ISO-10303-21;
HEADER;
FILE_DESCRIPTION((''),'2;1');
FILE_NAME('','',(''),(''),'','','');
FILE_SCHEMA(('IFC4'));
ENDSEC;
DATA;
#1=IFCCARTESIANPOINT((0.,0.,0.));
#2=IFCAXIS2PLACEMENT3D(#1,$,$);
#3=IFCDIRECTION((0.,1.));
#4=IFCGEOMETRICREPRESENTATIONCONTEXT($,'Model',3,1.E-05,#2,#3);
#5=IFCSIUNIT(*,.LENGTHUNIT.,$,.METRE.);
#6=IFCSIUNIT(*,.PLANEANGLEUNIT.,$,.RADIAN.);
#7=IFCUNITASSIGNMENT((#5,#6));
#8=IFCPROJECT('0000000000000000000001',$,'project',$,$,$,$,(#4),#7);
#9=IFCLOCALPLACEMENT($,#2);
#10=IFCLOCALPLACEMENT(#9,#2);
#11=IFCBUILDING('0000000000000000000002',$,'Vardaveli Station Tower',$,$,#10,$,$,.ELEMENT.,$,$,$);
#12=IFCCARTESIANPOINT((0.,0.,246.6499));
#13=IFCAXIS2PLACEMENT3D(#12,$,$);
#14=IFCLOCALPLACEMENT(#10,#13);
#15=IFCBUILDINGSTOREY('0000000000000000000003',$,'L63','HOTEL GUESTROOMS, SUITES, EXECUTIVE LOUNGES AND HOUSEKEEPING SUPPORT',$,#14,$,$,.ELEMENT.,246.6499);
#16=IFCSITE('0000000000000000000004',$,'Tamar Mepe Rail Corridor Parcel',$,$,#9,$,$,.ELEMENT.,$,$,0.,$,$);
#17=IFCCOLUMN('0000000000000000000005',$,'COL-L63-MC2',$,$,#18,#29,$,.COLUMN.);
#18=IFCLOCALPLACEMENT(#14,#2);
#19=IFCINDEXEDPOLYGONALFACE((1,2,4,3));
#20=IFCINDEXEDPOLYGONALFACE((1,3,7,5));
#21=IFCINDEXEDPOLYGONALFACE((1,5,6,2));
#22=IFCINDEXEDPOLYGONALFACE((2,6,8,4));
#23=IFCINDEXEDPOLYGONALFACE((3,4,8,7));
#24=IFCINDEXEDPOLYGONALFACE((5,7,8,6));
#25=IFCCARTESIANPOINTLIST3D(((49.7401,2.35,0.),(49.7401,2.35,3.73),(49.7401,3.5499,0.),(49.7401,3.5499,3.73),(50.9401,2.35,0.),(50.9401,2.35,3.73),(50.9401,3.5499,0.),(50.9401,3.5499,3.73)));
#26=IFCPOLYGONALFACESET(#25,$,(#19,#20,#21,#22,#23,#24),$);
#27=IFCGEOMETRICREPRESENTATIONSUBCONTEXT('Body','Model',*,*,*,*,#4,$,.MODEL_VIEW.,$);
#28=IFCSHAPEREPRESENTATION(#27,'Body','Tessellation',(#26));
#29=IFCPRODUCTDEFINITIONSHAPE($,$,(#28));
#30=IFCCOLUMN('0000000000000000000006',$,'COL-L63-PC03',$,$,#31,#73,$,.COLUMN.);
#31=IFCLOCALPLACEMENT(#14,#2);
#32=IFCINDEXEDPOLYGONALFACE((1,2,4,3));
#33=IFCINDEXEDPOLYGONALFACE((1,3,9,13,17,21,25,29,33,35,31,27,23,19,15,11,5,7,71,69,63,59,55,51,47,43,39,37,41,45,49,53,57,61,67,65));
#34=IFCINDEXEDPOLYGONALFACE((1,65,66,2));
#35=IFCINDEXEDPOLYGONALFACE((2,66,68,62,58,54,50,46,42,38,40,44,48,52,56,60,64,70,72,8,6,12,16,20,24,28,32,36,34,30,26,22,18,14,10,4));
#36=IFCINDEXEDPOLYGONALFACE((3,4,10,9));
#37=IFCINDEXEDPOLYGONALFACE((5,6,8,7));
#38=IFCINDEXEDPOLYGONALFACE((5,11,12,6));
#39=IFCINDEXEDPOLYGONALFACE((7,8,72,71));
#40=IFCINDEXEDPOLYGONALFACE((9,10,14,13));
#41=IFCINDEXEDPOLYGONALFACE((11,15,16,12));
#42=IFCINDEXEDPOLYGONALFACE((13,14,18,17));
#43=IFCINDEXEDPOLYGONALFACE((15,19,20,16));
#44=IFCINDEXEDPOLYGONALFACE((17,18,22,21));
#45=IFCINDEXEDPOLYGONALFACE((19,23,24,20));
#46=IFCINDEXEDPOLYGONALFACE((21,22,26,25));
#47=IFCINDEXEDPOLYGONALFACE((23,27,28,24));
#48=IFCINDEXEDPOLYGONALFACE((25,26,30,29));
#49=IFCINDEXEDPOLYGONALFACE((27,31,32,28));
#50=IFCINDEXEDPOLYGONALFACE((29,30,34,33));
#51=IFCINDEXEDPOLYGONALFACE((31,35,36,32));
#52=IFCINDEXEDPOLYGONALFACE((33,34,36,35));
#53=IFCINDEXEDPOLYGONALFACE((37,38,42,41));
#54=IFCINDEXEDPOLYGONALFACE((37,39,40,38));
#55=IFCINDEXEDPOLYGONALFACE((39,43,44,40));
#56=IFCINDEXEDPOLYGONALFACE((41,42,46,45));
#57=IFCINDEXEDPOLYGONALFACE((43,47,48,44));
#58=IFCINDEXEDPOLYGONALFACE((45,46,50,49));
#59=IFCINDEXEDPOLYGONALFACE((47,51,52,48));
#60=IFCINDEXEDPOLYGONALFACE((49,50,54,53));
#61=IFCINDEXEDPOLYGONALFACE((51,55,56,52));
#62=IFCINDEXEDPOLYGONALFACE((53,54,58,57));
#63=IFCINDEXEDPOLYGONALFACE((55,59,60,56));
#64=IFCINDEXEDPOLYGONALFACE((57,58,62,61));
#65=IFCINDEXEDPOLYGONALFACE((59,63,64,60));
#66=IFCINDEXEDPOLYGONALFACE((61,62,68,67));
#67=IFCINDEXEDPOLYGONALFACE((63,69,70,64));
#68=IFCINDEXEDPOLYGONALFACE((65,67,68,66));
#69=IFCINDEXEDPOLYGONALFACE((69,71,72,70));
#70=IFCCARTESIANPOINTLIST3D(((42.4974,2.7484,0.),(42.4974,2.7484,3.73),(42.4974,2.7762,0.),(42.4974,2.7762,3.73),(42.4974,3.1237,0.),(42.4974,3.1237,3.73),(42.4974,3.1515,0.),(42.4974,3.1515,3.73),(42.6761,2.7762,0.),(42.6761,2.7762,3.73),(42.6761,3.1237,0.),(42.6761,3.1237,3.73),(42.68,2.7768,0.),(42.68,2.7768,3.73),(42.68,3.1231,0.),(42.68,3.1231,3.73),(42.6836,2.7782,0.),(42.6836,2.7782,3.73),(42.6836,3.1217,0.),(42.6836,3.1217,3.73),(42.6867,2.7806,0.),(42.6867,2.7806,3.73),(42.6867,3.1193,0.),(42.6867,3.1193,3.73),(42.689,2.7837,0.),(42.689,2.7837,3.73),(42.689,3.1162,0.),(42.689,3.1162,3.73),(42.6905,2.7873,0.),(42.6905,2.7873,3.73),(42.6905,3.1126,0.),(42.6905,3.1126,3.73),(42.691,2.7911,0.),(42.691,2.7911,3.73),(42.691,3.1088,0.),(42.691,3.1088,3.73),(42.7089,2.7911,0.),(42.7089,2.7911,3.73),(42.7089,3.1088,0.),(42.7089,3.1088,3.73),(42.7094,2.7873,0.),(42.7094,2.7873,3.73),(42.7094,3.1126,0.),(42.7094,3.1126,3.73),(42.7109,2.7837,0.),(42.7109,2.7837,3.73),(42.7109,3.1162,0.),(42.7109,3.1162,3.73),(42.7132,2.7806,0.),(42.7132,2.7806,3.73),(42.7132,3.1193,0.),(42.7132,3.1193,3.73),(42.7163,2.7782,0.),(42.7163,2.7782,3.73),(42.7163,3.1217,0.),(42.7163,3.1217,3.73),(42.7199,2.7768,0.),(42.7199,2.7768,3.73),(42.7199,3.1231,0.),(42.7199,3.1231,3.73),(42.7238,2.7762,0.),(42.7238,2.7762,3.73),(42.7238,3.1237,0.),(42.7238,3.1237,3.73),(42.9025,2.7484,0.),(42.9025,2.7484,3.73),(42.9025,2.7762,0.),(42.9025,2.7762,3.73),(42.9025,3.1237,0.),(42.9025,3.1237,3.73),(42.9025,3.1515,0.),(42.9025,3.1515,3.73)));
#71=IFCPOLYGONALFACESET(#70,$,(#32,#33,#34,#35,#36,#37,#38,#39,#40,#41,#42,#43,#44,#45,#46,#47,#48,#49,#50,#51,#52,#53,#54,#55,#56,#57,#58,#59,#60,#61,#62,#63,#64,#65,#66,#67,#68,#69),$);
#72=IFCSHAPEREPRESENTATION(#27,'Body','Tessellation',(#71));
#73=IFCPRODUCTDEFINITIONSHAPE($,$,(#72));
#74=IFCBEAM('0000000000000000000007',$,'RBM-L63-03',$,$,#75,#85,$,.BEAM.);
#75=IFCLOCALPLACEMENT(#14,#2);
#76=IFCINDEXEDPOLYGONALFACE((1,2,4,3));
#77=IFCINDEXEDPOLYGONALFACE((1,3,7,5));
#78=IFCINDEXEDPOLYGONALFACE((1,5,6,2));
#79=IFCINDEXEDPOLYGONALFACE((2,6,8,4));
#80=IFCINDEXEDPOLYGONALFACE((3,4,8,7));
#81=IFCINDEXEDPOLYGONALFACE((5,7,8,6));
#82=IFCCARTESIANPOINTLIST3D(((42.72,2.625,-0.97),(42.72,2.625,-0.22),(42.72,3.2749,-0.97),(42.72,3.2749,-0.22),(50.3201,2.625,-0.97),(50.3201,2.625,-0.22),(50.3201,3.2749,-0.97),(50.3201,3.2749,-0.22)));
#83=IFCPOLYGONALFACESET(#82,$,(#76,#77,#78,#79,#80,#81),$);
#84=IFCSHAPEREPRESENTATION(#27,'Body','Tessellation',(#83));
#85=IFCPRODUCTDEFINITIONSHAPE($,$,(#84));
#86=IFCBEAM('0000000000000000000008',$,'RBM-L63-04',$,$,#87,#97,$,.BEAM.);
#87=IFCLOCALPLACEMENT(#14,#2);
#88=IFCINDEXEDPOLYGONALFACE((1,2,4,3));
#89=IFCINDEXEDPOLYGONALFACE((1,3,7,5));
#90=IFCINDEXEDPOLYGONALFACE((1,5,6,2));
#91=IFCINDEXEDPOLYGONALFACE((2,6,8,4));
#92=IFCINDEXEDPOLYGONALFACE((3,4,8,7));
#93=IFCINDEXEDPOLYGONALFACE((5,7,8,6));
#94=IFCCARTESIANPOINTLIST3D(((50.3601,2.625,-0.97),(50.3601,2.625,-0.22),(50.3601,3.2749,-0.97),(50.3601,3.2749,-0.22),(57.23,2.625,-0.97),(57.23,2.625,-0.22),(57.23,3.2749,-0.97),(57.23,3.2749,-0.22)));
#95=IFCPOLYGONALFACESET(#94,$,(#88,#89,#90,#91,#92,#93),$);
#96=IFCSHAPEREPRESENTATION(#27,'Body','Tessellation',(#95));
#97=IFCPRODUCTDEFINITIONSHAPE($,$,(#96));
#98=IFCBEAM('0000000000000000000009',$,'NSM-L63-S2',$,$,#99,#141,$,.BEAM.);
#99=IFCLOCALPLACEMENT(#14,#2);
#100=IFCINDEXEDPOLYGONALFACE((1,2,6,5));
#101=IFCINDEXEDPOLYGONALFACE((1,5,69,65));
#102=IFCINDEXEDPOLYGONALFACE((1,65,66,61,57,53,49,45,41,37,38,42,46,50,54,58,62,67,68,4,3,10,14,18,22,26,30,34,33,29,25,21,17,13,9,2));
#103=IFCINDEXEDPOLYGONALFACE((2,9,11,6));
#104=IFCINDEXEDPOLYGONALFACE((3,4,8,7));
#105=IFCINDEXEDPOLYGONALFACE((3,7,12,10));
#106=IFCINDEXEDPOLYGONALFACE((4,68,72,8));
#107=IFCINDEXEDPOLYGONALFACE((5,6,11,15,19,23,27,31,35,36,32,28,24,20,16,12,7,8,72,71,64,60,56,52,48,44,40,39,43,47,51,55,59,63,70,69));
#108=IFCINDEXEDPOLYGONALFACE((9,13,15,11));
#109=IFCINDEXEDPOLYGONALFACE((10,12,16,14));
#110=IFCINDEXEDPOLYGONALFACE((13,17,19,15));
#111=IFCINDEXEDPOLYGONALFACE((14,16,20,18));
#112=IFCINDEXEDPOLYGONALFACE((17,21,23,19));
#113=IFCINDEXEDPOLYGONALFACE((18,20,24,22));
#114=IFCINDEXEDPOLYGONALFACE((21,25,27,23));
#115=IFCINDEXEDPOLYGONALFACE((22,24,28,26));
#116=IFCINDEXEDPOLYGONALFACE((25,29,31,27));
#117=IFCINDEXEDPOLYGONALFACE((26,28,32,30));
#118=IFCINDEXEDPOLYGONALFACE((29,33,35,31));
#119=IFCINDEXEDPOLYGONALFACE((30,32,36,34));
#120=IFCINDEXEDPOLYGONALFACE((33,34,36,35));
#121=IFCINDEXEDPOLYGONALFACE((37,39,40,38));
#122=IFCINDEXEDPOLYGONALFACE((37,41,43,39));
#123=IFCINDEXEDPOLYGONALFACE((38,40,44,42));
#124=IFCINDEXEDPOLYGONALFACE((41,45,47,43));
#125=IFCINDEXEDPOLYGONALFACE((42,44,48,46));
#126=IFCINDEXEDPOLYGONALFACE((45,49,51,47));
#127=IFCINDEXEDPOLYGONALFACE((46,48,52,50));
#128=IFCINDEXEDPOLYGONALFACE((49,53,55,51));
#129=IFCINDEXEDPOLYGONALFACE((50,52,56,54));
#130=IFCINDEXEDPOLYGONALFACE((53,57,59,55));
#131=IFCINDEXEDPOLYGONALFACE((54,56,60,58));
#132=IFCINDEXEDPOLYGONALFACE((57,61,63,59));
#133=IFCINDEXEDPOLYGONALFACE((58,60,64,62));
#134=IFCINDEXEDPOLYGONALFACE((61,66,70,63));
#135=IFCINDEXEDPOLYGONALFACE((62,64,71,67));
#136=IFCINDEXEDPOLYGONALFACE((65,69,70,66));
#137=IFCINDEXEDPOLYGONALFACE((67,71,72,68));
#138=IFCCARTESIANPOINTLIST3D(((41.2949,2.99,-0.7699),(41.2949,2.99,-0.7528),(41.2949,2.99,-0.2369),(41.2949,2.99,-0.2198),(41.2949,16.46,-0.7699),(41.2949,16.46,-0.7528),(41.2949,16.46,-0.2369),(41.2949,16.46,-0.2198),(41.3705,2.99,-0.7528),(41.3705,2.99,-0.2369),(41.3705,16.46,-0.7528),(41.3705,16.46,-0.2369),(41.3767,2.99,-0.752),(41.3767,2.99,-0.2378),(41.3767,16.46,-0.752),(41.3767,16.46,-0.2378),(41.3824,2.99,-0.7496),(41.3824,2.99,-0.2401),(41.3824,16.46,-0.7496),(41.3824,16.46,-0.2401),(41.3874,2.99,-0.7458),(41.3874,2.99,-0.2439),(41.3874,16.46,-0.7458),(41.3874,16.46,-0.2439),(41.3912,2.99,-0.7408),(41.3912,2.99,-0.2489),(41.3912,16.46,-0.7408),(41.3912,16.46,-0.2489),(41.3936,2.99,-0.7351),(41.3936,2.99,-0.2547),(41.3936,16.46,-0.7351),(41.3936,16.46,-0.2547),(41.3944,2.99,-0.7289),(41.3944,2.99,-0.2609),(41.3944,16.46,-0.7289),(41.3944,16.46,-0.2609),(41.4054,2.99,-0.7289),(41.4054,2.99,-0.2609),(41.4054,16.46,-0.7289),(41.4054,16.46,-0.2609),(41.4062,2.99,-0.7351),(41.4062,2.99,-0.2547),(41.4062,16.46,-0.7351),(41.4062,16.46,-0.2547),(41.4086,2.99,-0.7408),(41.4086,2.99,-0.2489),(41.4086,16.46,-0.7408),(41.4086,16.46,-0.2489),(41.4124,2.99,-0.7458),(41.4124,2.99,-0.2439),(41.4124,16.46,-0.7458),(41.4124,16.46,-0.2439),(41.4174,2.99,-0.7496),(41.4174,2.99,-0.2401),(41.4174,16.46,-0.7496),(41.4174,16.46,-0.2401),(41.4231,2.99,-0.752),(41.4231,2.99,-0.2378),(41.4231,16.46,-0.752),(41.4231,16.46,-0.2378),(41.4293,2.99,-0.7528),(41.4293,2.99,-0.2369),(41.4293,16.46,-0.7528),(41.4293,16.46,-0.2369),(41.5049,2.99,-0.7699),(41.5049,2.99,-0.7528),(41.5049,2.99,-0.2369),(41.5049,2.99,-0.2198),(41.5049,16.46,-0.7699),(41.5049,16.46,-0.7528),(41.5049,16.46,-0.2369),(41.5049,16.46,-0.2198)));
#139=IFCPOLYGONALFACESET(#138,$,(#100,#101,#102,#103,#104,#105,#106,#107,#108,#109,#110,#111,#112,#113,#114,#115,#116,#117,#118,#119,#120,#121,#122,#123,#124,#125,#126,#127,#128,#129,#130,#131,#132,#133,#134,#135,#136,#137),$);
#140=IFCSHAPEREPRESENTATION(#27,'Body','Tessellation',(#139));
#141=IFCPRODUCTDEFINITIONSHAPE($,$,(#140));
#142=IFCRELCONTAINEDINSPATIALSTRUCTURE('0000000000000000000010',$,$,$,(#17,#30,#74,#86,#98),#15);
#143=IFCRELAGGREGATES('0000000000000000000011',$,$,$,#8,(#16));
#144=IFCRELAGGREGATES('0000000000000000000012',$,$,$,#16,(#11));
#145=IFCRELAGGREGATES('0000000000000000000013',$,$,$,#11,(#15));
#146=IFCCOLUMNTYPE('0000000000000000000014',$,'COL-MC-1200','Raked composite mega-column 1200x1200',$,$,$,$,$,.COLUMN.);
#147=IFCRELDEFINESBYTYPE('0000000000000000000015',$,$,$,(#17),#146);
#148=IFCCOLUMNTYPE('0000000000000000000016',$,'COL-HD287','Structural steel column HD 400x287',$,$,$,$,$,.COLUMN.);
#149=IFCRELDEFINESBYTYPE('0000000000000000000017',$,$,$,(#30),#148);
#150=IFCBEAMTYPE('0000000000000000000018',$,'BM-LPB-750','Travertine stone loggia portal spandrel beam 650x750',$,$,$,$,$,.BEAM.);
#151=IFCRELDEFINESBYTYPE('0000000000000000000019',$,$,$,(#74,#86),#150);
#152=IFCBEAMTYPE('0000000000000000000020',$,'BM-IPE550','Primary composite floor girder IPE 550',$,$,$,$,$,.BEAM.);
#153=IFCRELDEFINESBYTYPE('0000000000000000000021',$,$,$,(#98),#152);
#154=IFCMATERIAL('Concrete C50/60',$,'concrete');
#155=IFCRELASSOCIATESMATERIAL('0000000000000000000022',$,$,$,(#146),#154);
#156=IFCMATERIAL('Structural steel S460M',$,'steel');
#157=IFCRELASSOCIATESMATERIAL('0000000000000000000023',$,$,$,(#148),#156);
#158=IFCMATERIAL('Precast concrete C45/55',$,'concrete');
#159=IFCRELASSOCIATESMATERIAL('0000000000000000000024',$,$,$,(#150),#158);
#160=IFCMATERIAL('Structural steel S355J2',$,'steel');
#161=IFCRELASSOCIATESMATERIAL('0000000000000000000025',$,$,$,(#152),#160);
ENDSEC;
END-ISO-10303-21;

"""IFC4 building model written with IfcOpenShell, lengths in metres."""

from ifc_helpers import new_model, si_unit, direction, frame, origin, origin_2d, place, context, subcontext, project, spatial, rectangle, i_section, extrude, source, transform, mapped, material, material_profile, profile_set, type_object, element, save


model = new_model("IFC4")

# Units and contexts
model_context = context("Model", 3, precision=1e-05, world=origin(), true_north=direction((0.0, 1.0)))
body_context = subcontext(model_context, "Body", "Model", "MODEL_VIEW")
ifc_project = project(units=[si_unit("LENGTHUNIT", "METRE"), si_unit("PLANEANGLEUNIT", "RADIAN")], contexts=[model_context])

# Site, building, storey
site_placement = place(None, origin())
site = spatial("IfcSite", under=ifc_project, at=site_placement, Name="Tamar Mepe Rail Corridor Parcel", CompositionType="ELEMENT", RefElevation=0.0)
building_placement = place(site_placement, origin())
building = spatial("IfcBuilding", under=site, at=building_placement, Name="Vardaveli Station Tower", CompositionType="ELEMENT")
storey_placement = place(building_placement, frame((0.0, 0.0, 246.6499)))
storey = spatial("IfcBuildingStorey", under=building, at=storey_placement, Name="L63", Description="HOTEL GUESTROOMS, SUITES, EXECUTIVE LOUNGES AND HOUSEKEEPING SUPPORT", CompositionType="ELEMENT", Elevation=246.6499)

# Columns
ifc_material_1 = material(Name="Concrete C50/60", Category="concrete")
ifc_material_profile_1 = material_profile(ifc_material_1, rectangle(XDim=1.2, YDim=1.2, at=origin_2d()), Name="MC 1200x1200")
ifc_profile_set_1 = profile_set([ifc_material_profile_1], Name="Concrete C50/60")
column_type_1 = type_object("IfcColumnType", Name="COL-MC-1200", Description="Raked composite mega-column 1200x1200", PredefinedType="COLUMN", material=ifc_profile_set_1)
shared_shape_1 = source(origin(), body_context, "Body", "SweptSolid", [
    extrude(rectangle(XDim=1.2, YDim=1.2, at=origin_2d()), origin(), (0.0, 0.0, 1.0), 3.73),
])
column_1_placement = place(storey_placement, frame((50.3401, 2.95, 0.0), z_axis=(0.0, 0.0, 1.0), x_axis=(1.0, 0.0, 0.0)))
element("IfcColumn", 1, at=column_1_placement, inside=storey, type_object=column_type_1, Name="COL-L63-MC2", PredefinedType="COLUMN", context=body_context, shape_type="MappedRepresentation", body=[
    mapped(shared_shape_1, transform((0.0, 0.0, 0.0), scale=1.0)),
])
ifc_material_2 = material(Name="Structural steel S460M", Category="steel")
ifc_material_profile_2 = material_profile(ifc_material_2, i_section(OverallWidth=0.405, OverallDepth=0.4031, WebThickness=0.0178, FlangeThickness=0.0278, FilletRadius=0.0149, at=origin_2d()), Name="HD 400x287")
ifc_profile_set_2 = profile_set([ifc_material_profile_2], Name="Structural steel S460M")
column_type_2 = type_object("IfcColumnType", Name="COL-HD287", Description="Structural steel column HD 400x287", PredefinedType="COLUMN", material=ifc_profile_set_2)
shared_shape_2 = source(origin(), body_context, "Body", "SweptSolid", [
    extrude(i_section(OverallWidth=0.405, OverallDepth=0.4031, WebThickness=0.0178, FlangeThickness=0.0278, FilletRadius=0.0149, at=origin_2d()), origin(), (0.0, 0.0, 1.0), 3.73),
])
column_2_placement = place(storey_placement, frame((42.7, 2.95, 0.0), z_axis=(0.0, 0.0, 1.0), x_axis=(1.0, 0.0, 0.0)))
element("IfcColumn", 2, at=column_2_placement, inside=storey, type_object=column_type_2, Name="COL-L63-PC03", PredefinedType="COLUMN", context=body_context, shape_type="MappedRepresentation", body=[
    mapped(shared_shape_2, transform((0.0, 0.0, 0.0), scale=1.0)),
])

# Beams
ifc_material_3 = material(Name="Precast concrete C45/55", Category="concrete")
ifc_material_profile_3 = material_profile(ifc_material_3, rectangle(XDim=0.6499, YDim=0.75, at=origin_2d()), Name="LPB 650x750")
ifc_profile_set_3 = profile_set([ifc_material_profile_3], Name="Precast concrete C45/55")
beam_type_1 = type_object("IfcBeamType", Name="BM-LPB-750", Description="Travertine stone loggia portal spandrel beam 650x750", PredefinedType="BEAM", material=ifc_profile_set_3)
shared_shape_3 = source(origin(), body_context, "Body", "SweptSolid", [
    extrude(rectangle(XDim=0.6499, YDim=0.75, at=origin_2d()), origin(), (0.0, 0.0, 1.0), 7.6001),
])
beam_1_placement = place(storey_placement, frame((42.72, 2.95, -0.595), z_axis=(1.0, 0.0, 0.0), x_axis=(0.0, 1.0, 0.0)))
element("IfcBeam", 3, at=beam_1_placement, inside=storey, type_object=beam_type_1, Name="RBM-L63-03", PredefinedType="BEAM", context=body_context, shape_type="MappedRepresentation", body=[
    mapped(shared_shape_3, transform((0.0, 0.0, 0.0), scale=1.0)),
])
shared_shape_4 = source(origin(), body_context, "Body", "SweptSolid", [
    extrude(rectangle(XDim=0.6499, YDim=0.75, at=origin_2d()), origin(), (0.0, 0.0, 1.0), 6.8699),
])
beam_2_placement = place(storey_placement, frame((50.3601, 2.95, -0.595), z_axis=(1.0, 0.0, 0.0), x_axis=(0.0, 1.0, 0.0)))
element("IfcBeam", 4, at=beam_2_placement, inside=storey, type_object=beam_type_1, Name="RBM-L63-04", PredefinedType="BEAM", context=body_context, shape_type="MappedRepresentation", body=[
    mapped(shared_shape_4, transform((0.0, 0.0, 0.0), scale=1.0)),
])
ifc_material_4 = material(Name="Structural steel S355J2", Category="steel")
ifc_material_profile_4 = material_profile(ifc_material_4, i_section(OverallWidth=0.21, OverallDepth=0.55, WebThickness=0.011, FlangeThickness=0.0171, FilletRadius=0.0239, at=origin_2d()), Name="IPE 550")
ifc_profile_set_4 = profile_set([ifc_material_profile_4], Name="Structural steel S355J2")
beam_type_2 = type_object("IfcBeamType", Name="BM-IPE550", Description="Primary composite floor girder IPE 550", PredefinedType="BEAM", material=ifc_profile_set_4)
shared_shape_5 = source(origin(), body_context, "Body", "SweptSolid", [
    extrude(i_section(OverallWidth=0.21, OverallDepth=0.55, WebThickness=0.011, FlangeThickness=0.0171, FilletRadius=0.0239, at=origin_2d()), origin(), (0.0, 0.0, 1.0), 13.47),
])
beam_3_placement = place(storey_placement, frame((41.3999, 2.99, -0.4949), z_axis=(0.0, 1.0, 0.0), x_axis=(-1.0, 0.0, 0.0)))
element("IfcBeam", 5, at=beam_3_placement, inside=storey, type_object=beam_type_2, Name="NSM-L63-S2", PredefinedType="BEAM", context=body_context, shape_type="MappedRepresentation", body=[
    mapped(shared_shape_5, transform((0.0, 0.0, 0.0), scale=1.0)),
])

save(model, "model.ifc")
